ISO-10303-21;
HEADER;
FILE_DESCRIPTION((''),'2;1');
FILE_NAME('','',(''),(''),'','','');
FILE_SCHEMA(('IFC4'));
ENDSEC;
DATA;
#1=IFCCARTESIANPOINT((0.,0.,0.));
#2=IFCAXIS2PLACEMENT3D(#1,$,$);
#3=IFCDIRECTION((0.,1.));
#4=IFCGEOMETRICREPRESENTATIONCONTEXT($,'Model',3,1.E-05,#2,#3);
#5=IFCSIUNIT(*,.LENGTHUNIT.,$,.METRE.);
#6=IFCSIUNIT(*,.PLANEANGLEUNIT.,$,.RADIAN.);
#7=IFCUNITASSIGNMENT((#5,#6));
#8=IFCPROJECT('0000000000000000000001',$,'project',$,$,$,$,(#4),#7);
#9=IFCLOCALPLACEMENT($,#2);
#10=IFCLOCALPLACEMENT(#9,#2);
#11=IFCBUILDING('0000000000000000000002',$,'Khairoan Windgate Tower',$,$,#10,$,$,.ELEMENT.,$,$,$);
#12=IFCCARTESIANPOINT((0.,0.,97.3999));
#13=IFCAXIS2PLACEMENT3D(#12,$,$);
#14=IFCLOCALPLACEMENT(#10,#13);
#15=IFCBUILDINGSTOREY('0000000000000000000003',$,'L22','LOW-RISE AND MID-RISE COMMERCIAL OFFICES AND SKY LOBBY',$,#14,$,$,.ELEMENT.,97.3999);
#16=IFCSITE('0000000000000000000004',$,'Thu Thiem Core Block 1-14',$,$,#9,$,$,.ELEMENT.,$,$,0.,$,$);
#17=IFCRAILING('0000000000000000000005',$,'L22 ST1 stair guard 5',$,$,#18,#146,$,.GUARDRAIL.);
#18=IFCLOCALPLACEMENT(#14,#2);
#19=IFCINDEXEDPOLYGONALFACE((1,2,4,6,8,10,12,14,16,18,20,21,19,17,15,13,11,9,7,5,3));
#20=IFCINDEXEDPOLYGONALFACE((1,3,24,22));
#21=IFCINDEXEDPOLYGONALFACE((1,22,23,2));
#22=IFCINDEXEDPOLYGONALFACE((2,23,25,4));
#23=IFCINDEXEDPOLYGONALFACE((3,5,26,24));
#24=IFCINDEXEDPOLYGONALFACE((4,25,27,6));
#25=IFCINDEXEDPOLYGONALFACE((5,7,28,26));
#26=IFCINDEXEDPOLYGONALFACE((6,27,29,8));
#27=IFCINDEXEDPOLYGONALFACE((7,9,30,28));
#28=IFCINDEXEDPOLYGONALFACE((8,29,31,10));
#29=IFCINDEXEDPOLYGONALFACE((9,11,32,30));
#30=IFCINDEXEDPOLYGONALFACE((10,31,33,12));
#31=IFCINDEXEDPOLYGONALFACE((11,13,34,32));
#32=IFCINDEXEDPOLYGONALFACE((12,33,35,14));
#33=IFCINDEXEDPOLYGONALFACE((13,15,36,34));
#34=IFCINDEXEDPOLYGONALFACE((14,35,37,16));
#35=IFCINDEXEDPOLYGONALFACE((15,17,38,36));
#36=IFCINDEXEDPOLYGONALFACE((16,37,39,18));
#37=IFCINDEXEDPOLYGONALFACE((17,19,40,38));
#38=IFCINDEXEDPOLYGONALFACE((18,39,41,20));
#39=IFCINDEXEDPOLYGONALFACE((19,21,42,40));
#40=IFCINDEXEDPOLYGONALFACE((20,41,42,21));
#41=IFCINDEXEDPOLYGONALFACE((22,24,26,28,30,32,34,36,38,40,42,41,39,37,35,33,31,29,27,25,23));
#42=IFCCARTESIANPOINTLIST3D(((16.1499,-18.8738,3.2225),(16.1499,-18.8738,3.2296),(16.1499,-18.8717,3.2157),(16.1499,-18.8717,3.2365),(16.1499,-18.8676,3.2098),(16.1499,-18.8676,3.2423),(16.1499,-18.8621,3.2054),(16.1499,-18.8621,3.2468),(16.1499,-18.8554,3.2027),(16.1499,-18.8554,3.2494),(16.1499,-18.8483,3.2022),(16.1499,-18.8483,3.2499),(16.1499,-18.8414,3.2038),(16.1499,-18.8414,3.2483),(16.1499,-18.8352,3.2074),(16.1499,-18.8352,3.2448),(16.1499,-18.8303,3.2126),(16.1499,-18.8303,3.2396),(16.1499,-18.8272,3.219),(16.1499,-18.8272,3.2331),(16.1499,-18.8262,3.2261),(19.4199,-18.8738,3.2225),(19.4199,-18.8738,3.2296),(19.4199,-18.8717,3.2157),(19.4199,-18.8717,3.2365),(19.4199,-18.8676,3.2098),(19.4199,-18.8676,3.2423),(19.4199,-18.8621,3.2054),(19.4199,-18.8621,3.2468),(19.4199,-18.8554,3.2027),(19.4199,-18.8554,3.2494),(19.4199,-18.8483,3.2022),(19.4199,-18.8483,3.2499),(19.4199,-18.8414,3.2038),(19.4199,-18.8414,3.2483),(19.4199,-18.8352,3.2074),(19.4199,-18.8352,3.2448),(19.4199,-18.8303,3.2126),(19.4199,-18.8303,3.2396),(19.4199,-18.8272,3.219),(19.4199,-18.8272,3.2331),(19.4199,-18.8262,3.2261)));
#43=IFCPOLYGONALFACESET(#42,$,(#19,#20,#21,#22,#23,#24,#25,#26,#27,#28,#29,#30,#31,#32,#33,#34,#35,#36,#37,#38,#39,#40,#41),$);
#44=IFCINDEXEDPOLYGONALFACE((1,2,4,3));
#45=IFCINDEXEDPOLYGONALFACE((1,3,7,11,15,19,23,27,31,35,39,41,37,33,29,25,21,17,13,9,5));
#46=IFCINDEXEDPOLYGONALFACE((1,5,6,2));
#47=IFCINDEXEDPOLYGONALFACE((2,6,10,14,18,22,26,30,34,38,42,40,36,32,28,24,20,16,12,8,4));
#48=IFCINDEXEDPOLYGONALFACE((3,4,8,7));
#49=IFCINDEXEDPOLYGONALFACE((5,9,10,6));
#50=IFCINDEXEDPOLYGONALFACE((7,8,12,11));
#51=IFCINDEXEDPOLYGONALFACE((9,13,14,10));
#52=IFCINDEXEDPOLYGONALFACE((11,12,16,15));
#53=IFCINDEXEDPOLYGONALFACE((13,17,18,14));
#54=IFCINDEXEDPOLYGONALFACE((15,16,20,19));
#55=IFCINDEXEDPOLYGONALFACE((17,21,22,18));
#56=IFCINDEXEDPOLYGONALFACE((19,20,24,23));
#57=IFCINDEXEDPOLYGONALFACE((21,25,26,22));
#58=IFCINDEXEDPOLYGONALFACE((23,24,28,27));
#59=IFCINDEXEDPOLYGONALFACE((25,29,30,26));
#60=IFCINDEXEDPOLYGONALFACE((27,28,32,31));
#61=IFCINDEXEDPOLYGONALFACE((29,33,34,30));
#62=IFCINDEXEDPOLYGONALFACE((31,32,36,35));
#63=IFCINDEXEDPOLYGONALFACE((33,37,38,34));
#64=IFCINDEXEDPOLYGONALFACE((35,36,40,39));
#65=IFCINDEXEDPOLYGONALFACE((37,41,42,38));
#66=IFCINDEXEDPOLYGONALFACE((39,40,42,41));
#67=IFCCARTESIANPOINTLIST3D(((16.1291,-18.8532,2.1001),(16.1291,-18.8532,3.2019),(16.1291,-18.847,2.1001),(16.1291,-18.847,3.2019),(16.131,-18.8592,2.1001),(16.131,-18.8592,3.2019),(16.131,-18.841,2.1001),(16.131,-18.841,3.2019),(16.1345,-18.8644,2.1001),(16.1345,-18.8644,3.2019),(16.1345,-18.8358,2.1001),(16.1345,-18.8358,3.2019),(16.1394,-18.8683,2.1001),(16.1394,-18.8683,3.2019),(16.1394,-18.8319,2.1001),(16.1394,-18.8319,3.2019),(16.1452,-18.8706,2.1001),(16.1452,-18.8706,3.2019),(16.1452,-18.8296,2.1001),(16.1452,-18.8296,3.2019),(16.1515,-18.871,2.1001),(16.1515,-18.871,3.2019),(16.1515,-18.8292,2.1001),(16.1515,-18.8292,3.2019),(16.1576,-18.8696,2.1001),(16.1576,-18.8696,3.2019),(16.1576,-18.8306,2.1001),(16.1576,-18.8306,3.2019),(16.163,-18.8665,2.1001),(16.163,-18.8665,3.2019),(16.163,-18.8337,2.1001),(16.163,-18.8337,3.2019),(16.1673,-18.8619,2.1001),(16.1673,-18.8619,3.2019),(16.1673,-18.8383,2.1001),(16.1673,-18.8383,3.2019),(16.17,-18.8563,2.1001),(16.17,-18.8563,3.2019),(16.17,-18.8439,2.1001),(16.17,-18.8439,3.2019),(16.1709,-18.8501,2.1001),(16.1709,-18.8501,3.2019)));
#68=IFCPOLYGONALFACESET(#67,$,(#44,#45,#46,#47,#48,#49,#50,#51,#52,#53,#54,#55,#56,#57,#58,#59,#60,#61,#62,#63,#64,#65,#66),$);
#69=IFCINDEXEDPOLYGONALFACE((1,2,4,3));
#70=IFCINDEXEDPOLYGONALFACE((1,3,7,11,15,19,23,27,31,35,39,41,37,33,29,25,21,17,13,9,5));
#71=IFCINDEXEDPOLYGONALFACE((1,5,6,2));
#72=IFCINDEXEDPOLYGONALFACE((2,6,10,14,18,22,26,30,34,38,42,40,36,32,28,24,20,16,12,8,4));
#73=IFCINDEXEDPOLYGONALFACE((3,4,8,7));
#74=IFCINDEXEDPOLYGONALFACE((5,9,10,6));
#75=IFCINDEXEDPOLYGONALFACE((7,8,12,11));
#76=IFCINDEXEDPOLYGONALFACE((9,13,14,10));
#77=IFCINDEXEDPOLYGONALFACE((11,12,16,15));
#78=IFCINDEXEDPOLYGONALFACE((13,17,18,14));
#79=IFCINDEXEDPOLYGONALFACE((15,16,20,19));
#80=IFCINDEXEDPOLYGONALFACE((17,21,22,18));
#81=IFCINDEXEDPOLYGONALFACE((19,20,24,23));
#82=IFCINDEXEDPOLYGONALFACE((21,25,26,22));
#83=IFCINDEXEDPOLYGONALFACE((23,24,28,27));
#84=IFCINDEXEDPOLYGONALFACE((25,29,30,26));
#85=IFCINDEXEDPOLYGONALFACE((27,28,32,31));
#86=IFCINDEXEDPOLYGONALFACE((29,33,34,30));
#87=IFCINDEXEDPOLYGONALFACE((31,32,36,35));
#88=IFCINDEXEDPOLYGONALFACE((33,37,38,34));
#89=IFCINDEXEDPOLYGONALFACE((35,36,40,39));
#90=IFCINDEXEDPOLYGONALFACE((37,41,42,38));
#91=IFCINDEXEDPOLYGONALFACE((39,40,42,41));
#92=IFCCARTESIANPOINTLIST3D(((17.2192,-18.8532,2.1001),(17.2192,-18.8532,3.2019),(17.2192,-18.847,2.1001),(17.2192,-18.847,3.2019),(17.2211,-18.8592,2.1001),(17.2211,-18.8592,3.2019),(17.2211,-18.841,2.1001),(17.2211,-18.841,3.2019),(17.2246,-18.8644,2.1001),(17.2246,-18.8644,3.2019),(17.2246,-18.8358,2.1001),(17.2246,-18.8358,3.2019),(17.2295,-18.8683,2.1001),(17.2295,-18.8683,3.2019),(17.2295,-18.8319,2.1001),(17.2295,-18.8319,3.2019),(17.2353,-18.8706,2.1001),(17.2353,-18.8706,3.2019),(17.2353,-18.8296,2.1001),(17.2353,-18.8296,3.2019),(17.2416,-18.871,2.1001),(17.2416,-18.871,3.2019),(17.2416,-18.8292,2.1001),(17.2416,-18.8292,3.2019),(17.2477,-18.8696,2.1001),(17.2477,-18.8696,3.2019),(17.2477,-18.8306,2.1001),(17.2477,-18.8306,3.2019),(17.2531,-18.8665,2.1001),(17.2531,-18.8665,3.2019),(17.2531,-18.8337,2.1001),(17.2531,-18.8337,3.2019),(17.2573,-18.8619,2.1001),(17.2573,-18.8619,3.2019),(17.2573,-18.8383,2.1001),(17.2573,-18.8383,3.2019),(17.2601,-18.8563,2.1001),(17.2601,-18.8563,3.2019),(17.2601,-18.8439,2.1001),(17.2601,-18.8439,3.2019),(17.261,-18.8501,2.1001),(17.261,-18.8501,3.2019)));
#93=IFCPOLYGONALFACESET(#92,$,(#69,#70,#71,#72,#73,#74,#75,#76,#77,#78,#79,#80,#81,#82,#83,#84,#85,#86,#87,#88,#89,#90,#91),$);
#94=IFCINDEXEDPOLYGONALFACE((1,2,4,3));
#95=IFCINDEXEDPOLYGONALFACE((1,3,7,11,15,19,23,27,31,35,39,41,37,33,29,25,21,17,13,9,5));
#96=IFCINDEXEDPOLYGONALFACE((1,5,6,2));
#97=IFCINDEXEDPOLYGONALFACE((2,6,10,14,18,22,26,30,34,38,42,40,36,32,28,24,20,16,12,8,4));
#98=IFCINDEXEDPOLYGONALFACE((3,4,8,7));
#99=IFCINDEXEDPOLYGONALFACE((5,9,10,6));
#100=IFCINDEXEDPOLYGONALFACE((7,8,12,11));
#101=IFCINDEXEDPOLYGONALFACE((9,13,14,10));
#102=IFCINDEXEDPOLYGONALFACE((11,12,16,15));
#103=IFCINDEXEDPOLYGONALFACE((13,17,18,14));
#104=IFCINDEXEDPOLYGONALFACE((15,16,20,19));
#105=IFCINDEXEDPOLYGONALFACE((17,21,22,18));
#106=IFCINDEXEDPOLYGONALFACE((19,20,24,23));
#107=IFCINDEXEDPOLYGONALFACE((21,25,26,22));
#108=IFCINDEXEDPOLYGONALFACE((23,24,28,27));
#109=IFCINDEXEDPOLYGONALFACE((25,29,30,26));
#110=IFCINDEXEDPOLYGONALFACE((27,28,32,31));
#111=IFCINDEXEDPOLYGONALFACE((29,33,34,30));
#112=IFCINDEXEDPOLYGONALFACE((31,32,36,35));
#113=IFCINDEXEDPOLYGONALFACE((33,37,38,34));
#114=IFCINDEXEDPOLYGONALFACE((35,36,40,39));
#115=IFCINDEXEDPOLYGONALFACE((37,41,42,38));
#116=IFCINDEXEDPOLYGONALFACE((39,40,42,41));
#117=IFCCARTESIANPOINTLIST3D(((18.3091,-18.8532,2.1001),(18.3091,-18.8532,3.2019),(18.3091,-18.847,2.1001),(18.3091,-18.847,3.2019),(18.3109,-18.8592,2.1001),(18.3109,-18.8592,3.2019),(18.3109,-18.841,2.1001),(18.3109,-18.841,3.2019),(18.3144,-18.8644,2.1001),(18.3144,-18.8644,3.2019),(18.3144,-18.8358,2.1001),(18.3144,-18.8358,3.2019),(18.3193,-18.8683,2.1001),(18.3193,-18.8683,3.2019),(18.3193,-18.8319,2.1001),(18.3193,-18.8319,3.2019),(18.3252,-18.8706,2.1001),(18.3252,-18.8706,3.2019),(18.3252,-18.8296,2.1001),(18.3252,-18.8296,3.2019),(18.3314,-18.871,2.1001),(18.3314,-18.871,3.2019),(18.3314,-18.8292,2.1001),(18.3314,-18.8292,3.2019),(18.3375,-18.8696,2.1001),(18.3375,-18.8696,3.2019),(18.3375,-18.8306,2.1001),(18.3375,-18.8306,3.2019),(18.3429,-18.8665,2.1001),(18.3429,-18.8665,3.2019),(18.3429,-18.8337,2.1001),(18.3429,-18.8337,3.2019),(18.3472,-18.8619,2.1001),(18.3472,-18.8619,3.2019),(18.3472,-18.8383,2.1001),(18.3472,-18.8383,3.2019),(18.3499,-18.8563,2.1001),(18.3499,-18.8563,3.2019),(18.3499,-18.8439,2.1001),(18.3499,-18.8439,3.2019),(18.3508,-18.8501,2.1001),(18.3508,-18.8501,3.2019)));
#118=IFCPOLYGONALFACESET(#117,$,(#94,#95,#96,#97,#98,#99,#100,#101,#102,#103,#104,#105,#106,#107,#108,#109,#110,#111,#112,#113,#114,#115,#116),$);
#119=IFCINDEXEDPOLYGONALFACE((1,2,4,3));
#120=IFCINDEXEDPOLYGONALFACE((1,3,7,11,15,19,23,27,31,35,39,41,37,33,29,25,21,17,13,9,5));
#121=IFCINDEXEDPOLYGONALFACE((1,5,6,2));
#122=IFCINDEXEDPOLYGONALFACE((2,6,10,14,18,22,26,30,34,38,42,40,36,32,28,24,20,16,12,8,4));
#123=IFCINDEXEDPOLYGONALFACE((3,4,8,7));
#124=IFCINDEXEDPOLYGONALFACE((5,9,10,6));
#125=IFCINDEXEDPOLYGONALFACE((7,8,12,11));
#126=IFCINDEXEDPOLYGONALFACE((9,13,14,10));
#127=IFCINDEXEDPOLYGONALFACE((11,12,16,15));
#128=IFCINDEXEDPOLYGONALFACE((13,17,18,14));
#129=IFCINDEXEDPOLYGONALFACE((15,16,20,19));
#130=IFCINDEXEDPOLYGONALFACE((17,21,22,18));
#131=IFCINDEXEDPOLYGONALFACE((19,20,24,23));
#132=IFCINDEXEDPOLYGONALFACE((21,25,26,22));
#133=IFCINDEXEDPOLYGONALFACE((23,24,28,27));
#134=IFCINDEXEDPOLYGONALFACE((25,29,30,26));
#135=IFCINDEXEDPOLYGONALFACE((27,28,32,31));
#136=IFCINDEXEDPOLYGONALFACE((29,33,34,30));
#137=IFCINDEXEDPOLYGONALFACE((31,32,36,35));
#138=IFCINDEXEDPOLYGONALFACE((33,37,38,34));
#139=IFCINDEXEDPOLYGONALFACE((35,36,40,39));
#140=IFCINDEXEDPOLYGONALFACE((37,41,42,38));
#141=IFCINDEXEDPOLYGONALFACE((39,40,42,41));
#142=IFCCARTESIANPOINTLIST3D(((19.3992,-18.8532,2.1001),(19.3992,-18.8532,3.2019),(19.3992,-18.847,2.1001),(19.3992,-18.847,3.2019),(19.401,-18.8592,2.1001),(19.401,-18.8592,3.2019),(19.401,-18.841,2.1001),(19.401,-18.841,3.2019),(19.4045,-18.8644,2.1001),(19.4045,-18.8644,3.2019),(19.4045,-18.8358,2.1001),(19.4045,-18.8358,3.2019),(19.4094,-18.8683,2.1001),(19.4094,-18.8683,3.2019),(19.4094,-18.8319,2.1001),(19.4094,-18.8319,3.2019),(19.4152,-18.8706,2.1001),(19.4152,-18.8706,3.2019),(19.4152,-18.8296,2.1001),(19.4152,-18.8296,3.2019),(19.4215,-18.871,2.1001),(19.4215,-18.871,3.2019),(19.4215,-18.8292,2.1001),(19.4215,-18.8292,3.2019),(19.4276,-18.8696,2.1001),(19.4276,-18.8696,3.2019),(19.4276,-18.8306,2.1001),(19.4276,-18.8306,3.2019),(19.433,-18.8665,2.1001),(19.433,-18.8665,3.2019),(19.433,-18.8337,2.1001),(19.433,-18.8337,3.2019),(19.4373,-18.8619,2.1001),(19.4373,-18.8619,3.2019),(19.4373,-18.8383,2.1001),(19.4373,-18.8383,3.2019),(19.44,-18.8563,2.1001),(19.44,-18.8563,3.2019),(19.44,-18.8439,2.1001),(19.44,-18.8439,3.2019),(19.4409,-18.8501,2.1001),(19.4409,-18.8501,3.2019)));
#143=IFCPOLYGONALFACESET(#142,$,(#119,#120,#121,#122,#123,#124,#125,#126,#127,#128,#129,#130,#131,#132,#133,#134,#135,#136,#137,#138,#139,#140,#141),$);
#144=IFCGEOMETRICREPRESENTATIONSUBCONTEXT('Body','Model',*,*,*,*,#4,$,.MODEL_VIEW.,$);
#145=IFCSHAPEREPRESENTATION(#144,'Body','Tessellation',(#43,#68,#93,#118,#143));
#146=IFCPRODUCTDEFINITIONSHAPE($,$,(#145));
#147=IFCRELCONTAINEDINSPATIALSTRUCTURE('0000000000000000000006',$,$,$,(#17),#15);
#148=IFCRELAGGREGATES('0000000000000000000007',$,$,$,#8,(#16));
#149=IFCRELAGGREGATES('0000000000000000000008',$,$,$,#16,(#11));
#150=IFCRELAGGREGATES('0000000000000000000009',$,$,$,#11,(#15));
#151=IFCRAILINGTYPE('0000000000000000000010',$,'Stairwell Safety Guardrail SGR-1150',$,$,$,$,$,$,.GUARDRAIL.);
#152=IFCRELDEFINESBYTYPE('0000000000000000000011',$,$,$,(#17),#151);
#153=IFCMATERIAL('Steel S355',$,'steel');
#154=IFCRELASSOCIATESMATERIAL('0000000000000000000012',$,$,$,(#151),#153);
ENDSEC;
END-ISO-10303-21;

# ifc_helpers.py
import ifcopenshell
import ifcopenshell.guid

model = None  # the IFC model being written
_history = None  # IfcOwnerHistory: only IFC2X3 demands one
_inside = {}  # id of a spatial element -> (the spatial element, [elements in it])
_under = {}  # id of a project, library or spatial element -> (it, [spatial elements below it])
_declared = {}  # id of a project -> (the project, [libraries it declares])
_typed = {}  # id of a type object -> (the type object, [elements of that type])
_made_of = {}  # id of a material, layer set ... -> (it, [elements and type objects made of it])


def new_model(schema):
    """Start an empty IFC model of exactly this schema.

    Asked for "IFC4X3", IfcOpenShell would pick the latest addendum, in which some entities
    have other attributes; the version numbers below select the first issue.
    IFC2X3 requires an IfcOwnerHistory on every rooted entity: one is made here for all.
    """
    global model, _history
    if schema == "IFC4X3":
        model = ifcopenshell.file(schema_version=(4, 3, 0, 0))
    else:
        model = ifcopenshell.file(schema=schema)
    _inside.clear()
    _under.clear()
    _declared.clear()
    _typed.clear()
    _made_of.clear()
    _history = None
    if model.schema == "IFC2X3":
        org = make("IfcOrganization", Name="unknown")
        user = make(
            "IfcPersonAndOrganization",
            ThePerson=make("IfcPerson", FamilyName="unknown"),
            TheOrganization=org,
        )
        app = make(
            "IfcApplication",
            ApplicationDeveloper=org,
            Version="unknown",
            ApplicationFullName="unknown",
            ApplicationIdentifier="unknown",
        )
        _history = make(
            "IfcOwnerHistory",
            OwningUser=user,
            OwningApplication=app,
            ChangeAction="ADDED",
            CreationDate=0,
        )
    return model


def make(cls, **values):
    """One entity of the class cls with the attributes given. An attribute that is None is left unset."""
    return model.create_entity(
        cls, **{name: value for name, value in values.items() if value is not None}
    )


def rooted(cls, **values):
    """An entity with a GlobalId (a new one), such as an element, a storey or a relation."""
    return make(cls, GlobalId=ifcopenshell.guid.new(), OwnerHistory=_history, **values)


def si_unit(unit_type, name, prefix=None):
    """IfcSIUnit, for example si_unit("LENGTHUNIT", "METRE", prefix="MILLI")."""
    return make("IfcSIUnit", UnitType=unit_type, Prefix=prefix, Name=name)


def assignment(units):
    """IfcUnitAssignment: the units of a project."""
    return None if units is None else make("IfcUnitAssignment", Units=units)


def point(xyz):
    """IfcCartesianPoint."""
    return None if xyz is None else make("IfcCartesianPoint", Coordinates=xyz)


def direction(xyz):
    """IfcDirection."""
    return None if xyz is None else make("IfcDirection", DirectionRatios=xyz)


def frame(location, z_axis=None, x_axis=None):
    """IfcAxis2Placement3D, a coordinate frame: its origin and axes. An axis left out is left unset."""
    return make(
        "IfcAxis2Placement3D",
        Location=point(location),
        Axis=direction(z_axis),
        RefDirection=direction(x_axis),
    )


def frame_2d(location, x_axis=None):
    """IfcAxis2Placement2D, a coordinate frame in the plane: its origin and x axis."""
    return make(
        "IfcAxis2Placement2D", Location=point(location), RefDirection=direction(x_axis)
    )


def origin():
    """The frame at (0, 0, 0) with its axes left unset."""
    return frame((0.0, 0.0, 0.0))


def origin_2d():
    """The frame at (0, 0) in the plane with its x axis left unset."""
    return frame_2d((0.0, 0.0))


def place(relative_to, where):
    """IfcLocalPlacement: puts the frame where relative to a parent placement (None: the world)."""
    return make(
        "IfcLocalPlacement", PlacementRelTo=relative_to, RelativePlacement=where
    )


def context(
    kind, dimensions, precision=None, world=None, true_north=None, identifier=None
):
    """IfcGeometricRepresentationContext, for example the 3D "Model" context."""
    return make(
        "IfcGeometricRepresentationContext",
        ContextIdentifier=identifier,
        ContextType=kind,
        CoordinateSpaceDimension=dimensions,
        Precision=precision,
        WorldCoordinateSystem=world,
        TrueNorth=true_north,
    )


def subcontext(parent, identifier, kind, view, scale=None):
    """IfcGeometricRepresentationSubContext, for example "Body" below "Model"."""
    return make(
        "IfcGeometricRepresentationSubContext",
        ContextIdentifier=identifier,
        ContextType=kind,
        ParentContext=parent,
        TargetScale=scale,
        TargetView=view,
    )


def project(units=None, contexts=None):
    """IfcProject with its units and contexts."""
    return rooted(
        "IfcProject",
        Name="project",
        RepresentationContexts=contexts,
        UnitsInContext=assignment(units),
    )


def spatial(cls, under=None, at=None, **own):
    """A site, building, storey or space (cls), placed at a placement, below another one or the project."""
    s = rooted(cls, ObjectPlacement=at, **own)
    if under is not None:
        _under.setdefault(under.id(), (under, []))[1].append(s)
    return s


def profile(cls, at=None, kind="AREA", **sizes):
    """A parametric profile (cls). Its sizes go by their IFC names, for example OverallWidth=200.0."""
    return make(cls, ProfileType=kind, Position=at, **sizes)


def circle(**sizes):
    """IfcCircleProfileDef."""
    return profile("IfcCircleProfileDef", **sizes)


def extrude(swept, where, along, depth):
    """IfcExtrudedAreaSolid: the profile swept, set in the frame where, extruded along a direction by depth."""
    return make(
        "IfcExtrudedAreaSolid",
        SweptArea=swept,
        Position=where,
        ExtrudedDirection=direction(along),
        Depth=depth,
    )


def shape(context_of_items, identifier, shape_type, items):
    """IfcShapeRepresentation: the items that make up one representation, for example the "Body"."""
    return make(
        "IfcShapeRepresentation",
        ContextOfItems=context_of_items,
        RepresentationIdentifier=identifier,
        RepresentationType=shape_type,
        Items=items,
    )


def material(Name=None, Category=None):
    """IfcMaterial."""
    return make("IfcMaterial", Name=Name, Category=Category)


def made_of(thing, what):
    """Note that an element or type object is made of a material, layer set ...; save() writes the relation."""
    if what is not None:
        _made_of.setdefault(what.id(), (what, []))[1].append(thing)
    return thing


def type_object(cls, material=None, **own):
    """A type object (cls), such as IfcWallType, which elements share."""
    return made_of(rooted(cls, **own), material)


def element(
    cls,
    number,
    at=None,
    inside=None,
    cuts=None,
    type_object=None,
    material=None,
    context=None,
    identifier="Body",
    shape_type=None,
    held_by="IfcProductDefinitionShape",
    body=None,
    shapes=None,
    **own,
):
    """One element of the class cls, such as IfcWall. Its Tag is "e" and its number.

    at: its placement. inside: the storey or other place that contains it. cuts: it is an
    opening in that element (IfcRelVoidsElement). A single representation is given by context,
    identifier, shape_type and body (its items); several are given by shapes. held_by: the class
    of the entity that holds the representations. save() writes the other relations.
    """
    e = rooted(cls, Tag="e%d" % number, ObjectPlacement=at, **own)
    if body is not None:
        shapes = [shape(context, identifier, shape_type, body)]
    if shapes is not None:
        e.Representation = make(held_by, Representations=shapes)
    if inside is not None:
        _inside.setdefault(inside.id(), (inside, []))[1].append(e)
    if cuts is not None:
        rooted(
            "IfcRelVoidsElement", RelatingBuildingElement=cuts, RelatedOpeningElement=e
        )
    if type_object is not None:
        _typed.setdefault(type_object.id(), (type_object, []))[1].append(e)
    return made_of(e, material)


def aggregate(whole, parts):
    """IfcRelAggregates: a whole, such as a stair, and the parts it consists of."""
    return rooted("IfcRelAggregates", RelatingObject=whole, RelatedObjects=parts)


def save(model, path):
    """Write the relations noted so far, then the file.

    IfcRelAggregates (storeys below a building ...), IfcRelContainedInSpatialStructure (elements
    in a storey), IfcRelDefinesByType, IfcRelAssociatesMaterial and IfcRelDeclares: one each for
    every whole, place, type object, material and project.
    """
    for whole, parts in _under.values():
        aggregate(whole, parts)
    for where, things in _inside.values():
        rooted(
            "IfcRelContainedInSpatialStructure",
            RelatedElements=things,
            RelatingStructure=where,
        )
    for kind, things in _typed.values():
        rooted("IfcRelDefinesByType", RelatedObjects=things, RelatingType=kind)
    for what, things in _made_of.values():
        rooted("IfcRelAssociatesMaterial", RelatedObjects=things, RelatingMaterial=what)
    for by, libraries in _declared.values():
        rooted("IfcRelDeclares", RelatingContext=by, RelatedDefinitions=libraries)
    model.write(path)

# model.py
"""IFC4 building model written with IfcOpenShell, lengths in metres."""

from ifc_helpers import new_model, si_unit, direction, frame, origin, origin_2d, place, context, subcontext, project, spatial, circle, extrude, material, type_object, element, save


model = new_model("IFC4")

# Units and contexts
model_context = context("Model", 3, precision=1e-05, world=origin(), true_north=direction((0.0, 1.0)))
body_context = subcontext(model_context, "Body", "Model", "MODEL_VIEW")
ifc_project = project(units=[si_unit("LENGTHUNIT", "METRE"), si_unit("PLANEANGLEUNIT", "RADIAN")], contexts=[model_context])

# Site, building, storey
site_placement = place(None, origin())
site = spatial("IfcSite", under=ifc_project, at=site_placement, Name="Thu Thiem Core Block 1-14", CompositionType="ELEMENT", RefElevation=0.0)
building_placement = place(site_placement, origin())
building = spatial("IfcBuilding", under=site, at=building_placement, Name="Khairoan Windgate Tower", CompositionType="ELEMENT")
storey_placement = place(building_placement, frame((0.0, 0.0, 97.3999)))
storey = spatial("IfcBuildingStorey", under=building, at=storey_placement, Name="L22", Description="LOW-RISE AND MID-RISE COMMERCIAL OFFICES AND SKY LOBBY", CompositionType="ELEMENT", Elevation=97.3999)

# Railing
ifc_material_1 = material(Name="Steel S355", Category="steel")
railing_type_1 = type_object("IfcRailingType", Name="Stairwell Safety Guardrail SGR-1150", PredefinedType="GUARDRAIL", material=ifc_material_1)
railing_1_placement = place(storey_placement, frame((16.1499, -18.8501, 2.1001)))
element("IfcRailing", 1, at=railing_1_placement, inside=storey, type_object=railing_type_1, Name="L22 ST1 stair guard 5", PredefinedType="GUARDRAIL", context=body_context, shape_type="SweptSolid", body=[
    extrude(circle(Radius=0.0239, at=origin_2d()), frame((0.0, 0.0, 1.126), z_axis=(1.0, 0.0, 0.0), x_axis=(0.0, 1.0, 0.0)), (0.0, 0.0, 1.0), 3.27),
    extrude(circle(Radius=0.021, at=origin_2d()), origin(), (0.0, 0.0, 1.0), 1.1018),
    extrude(circle(Radius=0.021, at=origin_2d()), frame((1.0901, 0.0, 0.0)), (0.0, 0.0, 1.0), 1.1018),
    extrude(circle(Radius=0.021, at=origin_2d()), frame((2.1799, 0.0, 0.0)), (0.0, 0.0, 1.0), 1.1018),
    extrude(circle(Radius=0.021, at=origin_2d()), frame((3.27, 0.0, 0.0)), (0.0, 0.0, 1.0), 1.1018),
])

save(model, "model.ifc")
